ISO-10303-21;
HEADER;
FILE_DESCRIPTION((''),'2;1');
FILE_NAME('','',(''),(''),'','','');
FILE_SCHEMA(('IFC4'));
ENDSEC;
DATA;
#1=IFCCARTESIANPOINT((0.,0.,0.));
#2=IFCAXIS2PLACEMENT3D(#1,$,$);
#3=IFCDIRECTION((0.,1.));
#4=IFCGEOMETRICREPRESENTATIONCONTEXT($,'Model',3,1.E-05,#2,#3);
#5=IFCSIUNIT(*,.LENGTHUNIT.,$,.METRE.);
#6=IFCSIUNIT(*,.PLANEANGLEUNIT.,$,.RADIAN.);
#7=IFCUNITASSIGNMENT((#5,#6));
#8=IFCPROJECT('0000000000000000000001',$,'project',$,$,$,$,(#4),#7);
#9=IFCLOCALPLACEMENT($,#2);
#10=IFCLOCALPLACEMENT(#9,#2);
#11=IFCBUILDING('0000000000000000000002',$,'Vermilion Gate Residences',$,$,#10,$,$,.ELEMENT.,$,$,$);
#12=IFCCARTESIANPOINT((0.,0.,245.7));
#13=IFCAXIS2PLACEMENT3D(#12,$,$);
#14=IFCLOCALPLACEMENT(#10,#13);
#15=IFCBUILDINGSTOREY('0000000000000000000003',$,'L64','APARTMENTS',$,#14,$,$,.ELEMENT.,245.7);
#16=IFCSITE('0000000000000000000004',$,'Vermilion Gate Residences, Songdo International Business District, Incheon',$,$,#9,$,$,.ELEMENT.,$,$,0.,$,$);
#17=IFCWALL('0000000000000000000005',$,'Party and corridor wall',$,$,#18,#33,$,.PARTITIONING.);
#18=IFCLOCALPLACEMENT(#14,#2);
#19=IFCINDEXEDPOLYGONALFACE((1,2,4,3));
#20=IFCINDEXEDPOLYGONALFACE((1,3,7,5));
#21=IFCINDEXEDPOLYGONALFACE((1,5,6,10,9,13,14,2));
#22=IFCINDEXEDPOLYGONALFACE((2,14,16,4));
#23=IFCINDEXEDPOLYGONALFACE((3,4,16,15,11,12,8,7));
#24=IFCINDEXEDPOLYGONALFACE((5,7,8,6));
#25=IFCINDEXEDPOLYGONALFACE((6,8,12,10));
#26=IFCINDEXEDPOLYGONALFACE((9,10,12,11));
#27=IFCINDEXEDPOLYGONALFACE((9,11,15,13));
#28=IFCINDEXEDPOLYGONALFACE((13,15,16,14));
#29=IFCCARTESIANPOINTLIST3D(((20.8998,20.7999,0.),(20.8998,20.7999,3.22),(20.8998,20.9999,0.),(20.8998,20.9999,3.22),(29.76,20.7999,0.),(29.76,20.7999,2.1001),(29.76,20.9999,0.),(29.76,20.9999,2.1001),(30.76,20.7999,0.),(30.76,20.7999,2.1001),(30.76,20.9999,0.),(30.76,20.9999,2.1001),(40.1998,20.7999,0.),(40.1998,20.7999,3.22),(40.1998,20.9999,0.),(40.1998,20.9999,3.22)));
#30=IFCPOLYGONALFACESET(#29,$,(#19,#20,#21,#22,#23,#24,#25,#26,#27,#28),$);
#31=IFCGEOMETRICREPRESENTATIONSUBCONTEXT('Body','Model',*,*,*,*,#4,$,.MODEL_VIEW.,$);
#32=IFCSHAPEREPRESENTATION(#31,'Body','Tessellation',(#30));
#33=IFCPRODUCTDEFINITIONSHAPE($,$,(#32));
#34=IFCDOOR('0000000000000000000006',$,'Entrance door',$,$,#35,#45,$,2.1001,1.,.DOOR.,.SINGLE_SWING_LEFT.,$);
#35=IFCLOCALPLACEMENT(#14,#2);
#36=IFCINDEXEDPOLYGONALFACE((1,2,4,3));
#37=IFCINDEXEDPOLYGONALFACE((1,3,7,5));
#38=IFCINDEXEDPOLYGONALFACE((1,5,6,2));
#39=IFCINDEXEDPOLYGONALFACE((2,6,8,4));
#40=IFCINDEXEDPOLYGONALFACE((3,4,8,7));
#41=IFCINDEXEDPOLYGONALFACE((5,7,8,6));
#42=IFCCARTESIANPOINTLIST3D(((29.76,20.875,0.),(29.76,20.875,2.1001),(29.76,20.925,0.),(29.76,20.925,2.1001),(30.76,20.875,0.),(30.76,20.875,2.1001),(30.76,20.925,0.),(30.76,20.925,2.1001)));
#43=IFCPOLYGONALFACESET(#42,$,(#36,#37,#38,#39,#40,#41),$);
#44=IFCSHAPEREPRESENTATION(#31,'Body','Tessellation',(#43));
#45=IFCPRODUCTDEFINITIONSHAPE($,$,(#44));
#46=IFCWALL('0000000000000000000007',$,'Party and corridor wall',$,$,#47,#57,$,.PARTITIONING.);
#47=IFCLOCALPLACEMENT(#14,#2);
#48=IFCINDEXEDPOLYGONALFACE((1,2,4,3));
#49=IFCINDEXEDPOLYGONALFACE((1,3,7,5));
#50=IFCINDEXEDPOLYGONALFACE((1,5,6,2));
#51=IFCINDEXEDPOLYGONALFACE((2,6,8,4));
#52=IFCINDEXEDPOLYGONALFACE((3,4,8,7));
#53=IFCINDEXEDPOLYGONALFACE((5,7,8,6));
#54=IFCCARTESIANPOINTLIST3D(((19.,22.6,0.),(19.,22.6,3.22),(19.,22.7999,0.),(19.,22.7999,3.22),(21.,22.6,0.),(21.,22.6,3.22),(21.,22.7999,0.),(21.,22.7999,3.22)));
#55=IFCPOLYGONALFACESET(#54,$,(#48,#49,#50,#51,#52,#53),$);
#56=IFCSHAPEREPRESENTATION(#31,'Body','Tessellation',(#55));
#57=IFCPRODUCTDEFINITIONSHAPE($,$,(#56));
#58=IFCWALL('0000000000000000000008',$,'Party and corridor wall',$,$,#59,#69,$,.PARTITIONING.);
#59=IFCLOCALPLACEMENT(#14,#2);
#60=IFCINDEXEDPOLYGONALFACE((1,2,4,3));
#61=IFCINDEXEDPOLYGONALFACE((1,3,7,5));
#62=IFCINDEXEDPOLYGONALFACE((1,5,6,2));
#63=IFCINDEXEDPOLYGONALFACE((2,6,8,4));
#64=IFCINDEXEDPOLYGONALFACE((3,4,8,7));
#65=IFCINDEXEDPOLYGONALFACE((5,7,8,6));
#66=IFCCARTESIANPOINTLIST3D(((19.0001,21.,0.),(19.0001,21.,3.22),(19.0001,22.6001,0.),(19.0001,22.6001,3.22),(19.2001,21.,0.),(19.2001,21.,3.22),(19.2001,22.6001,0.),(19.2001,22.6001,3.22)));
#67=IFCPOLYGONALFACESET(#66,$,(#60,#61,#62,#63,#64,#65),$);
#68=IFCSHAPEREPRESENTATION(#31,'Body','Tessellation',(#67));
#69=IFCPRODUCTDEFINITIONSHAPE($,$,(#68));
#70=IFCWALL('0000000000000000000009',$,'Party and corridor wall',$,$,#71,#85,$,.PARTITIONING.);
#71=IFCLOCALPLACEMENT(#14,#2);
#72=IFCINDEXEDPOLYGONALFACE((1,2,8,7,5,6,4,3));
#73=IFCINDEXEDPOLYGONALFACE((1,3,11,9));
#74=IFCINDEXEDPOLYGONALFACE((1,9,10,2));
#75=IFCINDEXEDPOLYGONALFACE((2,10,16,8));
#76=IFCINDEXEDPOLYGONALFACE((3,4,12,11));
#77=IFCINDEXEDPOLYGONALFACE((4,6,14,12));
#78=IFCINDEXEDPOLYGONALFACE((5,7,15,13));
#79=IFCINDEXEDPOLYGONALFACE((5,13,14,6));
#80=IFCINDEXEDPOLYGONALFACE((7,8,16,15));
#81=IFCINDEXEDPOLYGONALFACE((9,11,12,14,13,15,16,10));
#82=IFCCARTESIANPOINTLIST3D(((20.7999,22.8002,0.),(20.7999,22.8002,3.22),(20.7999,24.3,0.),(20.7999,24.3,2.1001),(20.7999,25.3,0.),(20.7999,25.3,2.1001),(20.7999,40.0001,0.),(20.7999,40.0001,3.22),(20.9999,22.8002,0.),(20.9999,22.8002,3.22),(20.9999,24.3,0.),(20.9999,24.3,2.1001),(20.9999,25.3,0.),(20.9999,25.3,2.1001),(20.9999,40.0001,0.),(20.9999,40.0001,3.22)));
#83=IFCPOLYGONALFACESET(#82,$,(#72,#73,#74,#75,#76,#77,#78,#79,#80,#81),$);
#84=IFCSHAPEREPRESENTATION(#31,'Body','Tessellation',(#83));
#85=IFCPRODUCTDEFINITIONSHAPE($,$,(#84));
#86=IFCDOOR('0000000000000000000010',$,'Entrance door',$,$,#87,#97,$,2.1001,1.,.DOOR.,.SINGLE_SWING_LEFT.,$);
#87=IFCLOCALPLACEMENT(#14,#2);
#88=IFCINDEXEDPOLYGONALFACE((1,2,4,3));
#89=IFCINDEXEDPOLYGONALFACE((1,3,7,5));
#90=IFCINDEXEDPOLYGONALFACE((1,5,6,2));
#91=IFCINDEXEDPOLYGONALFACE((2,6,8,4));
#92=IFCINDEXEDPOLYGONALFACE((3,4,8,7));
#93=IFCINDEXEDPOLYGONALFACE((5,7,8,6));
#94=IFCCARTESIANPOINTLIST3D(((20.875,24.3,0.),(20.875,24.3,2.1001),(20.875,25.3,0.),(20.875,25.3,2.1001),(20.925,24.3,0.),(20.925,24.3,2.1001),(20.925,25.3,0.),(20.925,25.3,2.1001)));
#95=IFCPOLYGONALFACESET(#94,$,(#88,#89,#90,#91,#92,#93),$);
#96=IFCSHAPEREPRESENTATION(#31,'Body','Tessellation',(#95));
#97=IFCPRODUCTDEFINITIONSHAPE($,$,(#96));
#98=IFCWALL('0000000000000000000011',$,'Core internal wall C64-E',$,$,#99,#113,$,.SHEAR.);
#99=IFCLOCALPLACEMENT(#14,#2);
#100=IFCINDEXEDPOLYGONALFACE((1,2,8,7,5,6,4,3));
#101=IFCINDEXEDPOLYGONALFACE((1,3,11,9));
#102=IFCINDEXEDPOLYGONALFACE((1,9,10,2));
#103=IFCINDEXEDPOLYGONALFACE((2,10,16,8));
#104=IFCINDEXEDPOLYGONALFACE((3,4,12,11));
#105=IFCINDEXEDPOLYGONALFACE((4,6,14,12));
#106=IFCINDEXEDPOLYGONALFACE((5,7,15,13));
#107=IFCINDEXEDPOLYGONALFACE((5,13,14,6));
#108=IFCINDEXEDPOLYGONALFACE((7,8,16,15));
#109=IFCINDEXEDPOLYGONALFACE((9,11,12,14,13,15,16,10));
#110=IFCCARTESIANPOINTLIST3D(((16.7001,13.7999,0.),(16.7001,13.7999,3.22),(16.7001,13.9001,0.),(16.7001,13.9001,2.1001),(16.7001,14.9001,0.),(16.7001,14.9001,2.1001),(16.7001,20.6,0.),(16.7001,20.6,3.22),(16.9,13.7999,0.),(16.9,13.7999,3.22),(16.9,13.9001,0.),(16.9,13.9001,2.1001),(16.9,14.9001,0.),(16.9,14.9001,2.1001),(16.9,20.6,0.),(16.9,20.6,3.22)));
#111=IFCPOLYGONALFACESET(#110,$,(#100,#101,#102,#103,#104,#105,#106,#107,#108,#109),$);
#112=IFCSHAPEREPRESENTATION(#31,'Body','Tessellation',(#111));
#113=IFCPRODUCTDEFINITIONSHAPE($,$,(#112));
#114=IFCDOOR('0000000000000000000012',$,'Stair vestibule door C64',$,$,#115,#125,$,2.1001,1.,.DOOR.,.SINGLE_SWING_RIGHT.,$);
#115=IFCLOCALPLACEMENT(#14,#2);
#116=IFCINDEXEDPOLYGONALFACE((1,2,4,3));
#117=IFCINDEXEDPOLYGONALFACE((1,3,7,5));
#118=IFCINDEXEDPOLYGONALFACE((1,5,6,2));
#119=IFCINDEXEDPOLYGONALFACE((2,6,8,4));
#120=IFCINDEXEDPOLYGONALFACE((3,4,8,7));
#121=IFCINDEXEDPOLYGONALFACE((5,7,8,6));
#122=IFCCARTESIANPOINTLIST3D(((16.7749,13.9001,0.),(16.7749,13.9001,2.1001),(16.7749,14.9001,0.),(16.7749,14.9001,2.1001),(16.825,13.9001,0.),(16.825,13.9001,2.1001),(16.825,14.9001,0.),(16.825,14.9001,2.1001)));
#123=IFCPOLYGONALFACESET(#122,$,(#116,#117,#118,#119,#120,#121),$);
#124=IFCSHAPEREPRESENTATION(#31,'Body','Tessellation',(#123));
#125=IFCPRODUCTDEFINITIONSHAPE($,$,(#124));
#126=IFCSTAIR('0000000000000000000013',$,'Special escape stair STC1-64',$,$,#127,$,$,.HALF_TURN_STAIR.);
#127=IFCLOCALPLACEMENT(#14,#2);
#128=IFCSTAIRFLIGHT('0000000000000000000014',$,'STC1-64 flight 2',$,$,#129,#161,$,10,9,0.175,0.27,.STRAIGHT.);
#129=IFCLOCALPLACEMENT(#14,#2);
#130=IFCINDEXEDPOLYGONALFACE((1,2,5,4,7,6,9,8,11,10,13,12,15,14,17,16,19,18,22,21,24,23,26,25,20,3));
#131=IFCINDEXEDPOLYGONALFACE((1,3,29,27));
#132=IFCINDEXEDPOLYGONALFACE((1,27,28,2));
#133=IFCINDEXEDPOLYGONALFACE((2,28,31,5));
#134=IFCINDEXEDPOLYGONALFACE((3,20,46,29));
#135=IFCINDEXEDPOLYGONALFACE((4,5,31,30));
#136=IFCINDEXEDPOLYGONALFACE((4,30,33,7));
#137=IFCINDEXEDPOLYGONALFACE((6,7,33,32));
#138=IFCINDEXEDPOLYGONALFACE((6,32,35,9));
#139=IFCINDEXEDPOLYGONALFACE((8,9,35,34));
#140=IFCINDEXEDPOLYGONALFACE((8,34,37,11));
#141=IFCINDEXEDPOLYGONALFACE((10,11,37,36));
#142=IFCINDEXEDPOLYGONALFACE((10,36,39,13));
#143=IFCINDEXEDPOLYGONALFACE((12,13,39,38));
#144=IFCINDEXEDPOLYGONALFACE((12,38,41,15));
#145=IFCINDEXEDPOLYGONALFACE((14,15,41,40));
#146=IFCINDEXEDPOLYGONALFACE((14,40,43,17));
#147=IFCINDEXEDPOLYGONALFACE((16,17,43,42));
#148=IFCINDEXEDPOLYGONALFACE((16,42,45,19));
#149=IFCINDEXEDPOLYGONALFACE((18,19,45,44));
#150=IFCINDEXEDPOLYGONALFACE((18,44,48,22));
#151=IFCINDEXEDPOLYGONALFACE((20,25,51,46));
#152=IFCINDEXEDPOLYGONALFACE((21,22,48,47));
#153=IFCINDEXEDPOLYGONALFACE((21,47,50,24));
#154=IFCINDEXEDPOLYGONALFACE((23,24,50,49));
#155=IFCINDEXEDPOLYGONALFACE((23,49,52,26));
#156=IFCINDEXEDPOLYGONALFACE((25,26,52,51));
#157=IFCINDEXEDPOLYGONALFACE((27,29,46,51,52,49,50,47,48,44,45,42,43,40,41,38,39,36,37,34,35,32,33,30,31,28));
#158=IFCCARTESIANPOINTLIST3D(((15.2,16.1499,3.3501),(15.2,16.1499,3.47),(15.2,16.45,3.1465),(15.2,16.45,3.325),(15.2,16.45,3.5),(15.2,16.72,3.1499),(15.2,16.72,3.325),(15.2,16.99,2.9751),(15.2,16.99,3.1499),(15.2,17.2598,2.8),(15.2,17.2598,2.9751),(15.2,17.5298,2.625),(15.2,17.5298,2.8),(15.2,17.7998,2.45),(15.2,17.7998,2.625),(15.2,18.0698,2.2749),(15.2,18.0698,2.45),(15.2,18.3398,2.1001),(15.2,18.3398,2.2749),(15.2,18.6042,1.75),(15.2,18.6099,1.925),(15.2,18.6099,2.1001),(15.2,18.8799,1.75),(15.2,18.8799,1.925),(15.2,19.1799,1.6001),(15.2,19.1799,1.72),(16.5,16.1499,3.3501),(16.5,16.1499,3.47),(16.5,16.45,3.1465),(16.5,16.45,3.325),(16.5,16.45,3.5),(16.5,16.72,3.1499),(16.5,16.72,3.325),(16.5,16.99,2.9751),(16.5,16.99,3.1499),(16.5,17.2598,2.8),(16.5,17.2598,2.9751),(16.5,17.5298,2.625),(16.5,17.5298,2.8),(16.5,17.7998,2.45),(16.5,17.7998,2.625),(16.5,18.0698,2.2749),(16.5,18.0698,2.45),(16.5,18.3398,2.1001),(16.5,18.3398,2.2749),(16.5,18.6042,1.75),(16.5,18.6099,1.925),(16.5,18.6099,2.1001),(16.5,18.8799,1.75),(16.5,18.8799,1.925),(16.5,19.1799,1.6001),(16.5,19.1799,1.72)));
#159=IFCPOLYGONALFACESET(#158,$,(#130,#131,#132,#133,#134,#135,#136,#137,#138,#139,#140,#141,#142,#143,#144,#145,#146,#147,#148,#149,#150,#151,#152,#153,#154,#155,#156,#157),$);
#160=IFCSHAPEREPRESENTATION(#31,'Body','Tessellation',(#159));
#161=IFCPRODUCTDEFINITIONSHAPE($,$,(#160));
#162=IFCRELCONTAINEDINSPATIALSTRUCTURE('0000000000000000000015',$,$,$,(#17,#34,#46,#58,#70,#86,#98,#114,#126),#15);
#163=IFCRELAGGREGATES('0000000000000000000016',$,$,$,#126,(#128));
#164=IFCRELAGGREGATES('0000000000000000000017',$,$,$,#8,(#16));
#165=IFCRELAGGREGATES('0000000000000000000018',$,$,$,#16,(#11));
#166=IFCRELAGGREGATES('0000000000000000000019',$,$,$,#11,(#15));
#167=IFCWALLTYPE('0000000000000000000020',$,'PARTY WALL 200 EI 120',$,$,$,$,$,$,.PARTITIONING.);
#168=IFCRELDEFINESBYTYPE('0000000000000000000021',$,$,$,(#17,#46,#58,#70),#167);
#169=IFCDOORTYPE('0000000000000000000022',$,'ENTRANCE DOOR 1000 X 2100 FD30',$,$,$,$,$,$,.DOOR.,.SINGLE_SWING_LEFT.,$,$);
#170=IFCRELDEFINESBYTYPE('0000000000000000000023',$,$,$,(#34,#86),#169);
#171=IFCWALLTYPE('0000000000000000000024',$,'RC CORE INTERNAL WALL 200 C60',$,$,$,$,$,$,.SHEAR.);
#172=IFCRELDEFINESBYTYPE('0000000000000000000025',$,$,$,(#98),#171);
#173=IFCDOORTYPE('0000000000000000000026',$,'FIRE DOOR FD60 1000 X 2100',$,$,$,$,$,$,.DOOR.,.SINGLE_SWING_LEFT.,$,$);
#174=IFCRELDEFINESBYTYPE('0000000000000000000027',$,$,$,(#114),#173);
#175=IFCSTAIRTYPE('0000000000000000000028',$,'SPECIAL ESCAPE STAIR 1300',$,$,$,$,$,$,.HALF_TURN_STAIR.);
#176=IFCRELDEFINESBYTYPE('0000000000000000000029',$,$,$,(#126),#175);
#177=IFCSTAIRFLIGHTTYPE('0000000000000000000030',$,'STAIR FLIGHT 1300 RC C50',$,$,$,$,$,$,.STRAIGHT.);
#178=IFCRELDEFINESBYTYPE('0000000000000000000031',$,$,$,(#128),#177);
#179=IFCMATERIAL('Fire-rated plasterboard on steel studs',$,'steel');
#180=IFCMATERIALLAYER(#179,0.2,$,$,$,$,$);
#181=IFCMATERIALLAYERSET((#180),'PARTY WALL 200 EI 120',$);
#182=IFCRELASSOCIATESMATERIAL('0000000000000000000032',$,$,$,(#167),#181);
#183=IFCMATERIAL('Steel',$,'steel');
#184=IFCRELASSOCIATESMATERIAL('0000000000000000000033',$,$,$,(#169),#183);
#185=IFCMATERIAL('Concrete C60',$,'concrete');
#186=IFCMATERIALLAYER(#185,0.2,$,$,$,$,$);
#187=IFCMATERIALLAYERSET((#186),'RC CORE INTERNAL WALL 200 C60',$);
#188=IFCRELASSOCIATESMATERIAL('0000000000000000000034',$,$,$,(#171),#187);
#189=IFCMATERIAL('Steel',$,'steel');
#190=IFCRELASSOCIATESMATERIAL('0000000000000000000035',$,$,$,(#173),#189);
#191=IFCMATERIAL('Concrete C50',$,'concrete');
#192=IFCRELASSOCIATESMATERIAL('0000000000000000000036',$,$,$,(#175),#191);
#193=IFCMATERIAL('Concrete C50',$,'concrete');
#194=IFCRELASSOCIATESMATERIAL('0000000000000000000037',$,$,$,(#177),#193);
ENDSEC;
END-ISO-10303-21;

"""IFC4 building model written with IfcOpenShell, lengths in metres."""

from ifc_helpers import new_model, si_unit, direction, frame, frame_2d, origin, place, context, subcontext, project, spatial, polyline, rectangle, outline, extrude, material, layer, layer_set, type_object, element, fill, aggregate, save


model = new_model("IFC4")

# Units and contexts
model_context = context("Model", 3, precision=1e-05, world=origin(), true_north=direction((0.0, 1.0)))
body_context = subcontext(model_context, "Body", "Model", "MODEL_VIEW")
ifc_project = project(units=[si_unit("LENGTHUNIT", "METRE"), si_unit("PLANEANGLEUNIT", "RADIAN")], contexts=[model_context])

# Site, building, storey
site_placement = place(None, origin())
site = spatial("IfcSite", under=ifc_project, at=site_placement, Name="Vermilion Gate Residences, Songdo International Business District, Incheon", CompositionType="ELEMENT", RefElevation=0.0)
building_placement = place(site_placement, origin())
building = spatial("IfcBuilding", under=site, at=building_placement, Name="Vermilion Gate Residences", CompositionType="ELEMENT")
storey_placement = place(building_placement, frame((0.0, 0.0, 245.7)))
storey = spatial("IfcBuildingStorey", under=building, at=storey_placement, Name="L64", Description="APARTMENTS", CompositionType="ELEMENT", Elevation=245.7)

# Wall, opening, door
ifc_material_1 = material(Name="Fire-rated plasterboard on steel studs", Category="steel")
ifc_layer_1 = layer(ifc_material_1, 0.2)
ifc_layer_set_1 = layer_set([ifc_layer_1], Name="PARTY WALL 200 EI 120")
wall_type_1 = type_object("IfcWallType", Name="PARTY WALL 200 EI 120", PredefinedType="PARTITIONING", material=ifc_layer_set_1)
ifc_material_2 = material(Name="Steel", Category="steel")
door_type_1 = type_object("IfcDoorType", Name="ENTRANCE DOOR 1000 X 2100 FD30", OperationType="SINGLE_SWING_LEFT", PredefinedType="DOOR", material=ifc_material_2)
wall_1_placement = place(storey_placement, frame((20.8999, 20.8999, 0.0), z_axis=(0.0, 0.0, 1.0), x_axis=(1.0, 0.0, 0.0)))
wall_1 = element("IfcWall", 1, at=wall_1_placement, inside=storey, type_object=wall_type_1, Name="Party and corridor wall", PredefinedType="PARTITIONING", context=body_context, shape_type="SweptSolid", body=[
    extrude(rectangle(XDim=19.3, YDim=0.2, at=frame_2d((9.6499, 0.0))), origin(), (0.0, 0.0, 1.0), 3.22),
])
opening_1_placement = place(wall_1_placement, frame((8.8601, 0.0, 0.0)))
opening_1 = element("IfcOpeningElement", 2, at=opening_1_placement, cuts=wall_1, PredefinedType="OPENING", context=body_context, shape_type="SweptSolid", body=[
    extrude(rectangle(XDim=1.0, YDim=2.1001, at=frame_2d((0.5, 1.05))), frame((0.0, 0.1099, 0.0), z_axis=(0.0, -1.0, 0.0), x_axis=(1.0, 0.0, 0.0)), (0.0, 0.0, 1.0), 0.22),
])
door_1_placement = place(opening_1_placement, frame((1.0, 0.0, 0.0), z_axis=(0.0, 0.0, 1.0), x_axis=(-1.0, 0.0, 0.0)))
door_1 = element("IfcDoor", 3, at=door_1_placement, inside=storey, type_object=door_type_1, Name="Entrance door", OperationType="SINGLE_SWING_LEFT", OverallHeight=2.1001, OverallWidth=1.0, PredefinedType="DOOR", context=body_context, shape_type="SweptSolid", body=[
    extrude(rectangle(XDim=1.0, YDim=2.1001, at=frame_2d((0.5, 1.05))), frame((0.0, 0.0249, 0.0), z_axis=(0.0, -1.0, 0.0), x_axis=(1.0, 0.0, 0.0)), (0.0, 0.0, 1.0), 0.05),
])
fill(opening_1, door_1)

# Walls
wall_2_placement = place(storey_placement, frame((19.0, 22.7, 0.0), z_axis=(0.0, 0.0, 1.0), x_axis=(1.0, 0.0, 0.0)))
element("IfcWall", 4, at=wall_2_placement, inside=storey, type_object=wall_type_1, Name="Party and corridor wall", PredefinedType="PARTITIONING", context=body_context, shape_type="SweptSolid", body=[
    extrude(rectangle(XDim=2.0, YDim=0.2, at=frame_2d((1.0, 0.0))), origin(), (0.0, 0.0, 1.0), 3.22),
])
wall_3_placement = place(storey_placement, frame((19.1001, 21.0, 0.0), z_axis=(0.0, 0.0, 1.0), x_axis=(0.0, 1.0, 0.0)))
element("IfcWall", 5, at=wall_3_placement, inside=storey, type_object=wall_type_1, Name="Party and corridor wall", PredefinedType="PARTITIONING", context=body_context, shape_type="SweptSolid", body=[
    extrude(rectangle(XDim=1.6001, YDim=0.2, at=frame_2d((0.8, 0.0))), origin(), (0.0, 0.0, 1.0), 3.22),
])

# Walls, openings, doors
wall_4_placement = place(storey_placement, frame((20.8999, 22.8, 0.0), z_axis=(0.0, 0.0, 1.0), x_axis=(0.0, 1.0, 0.0)))
wall_4 = element("IfcWall", 6, at=wall_4_placement, inside=storey, type_object=wall_type_1, Name="Party and corridor wall", PredefinedType="PARTITIONING", context=body_context, shape_type="SweptSolid", body=[
    extrude(rectangle(XDim=17.2, YDim=0.2, at=frame_2d((8.6001, 0.0))), origin(), (0.0, 0.0, 1.0), 3.22),
])
opening_2_placement = place(wall_4_placement, frame((1.5, 0.0, 0.0)))
opening_2 = element("IfcOpeningElement", 7, at=opening_2_placement, cuts=wall_4, PredefinedType="OPENING", context=body_context, shape_type="SweptSolid", body=[
    extrude(rectangle(XDim=1.0, YDim=2.1001, at=frame_2d((0.5, 1.05))), frame((0.0, 0.1099, 0.0), z_axis=(0.0, -1.0, 0.0), x_axis=(1.0, 0.0, 0.0)), (0.0, 0.0, 1.0), 0.22),
])
door_2_placement = place(opening_2_placement, origin())
door_2 = element("IfcDoor", 8, at=door_2_placement, inside=storey, type_object=door_type_1, Name="Entrance door", OperationType="SINGLE_SWING_LEFT", OverallHeight=2.1001, OverallWidth=1.0, PredefinedType="DOOR", context=body_context, shape_type="SweptSolid", body=[
    extrude(rectangle(XDim=1.0, YDim=2.1001, at=frame_2d((0.5, 1.05))), frame((0.0, 0.0249, 0.0), z_axis=(0.0, -1.0, 0.0), x_axis=(1.0, 0.0, 0.0)), (0.0, 0.0, 1.0), 0.05),
])
fill(opening_2, door_2)
ifc_material_3 = material(Name="Concrete C60", Category="concrete")
ifc_layer_2 = layer(ifc_material_3, 0.2)
ifc_layer_set_2 = layer_set([ifc_layer_2], Name="RC CORE INTERNAL WALL 200 C60")
wall_type_2 = type_object("IfcWallType", Name="RC CORE INTERNAL WALL 200 C60", PredefinedType="SHEAR", material=ifc_layer_set_2)
wall_5_placement = place(storey_placement, frame((16.8, 13.8, 0.0), z_axis=(0.0, 0.0, 1.0), x_axis=(0.0, 1.0, 0.0)))
wall_5 = element("IfcWall", 9, at=wall_5_placement, inside=storey, type_object=wall_type_2, Name="Core internal wall C64-E", PredefinedType="SHEAR", context=body_context, shape_type="SweptSolid", body=[
    extrude(rectangle(XDim=6.8, YDim=0.2, at=frame_2d((3.3999, 0.0))), origin(), (0.0, 0.0, 1.0), 3.22),
])
opening_3_placement = place(wall_5_placement, frame((0.1001, 0.0, 0.0)))
opening_3 = element("IfcOpeningElement", 10, at=opening_3_placement, cuts=wall_5, PredefinedType="OPENING", context=body_context, shape_type="SweptSolid", body=[
    extrude(rectangle(XDim=1.0, YDim=2.1001, at=frame_2d((0.5, 1.05))), frame((0.0, 0.1099, 0.0), z_axis=(0.0, -1.0, 0.0), x_axis=(1.0, 0.0, 0.0)), (0.0, 0.0, 1.0), 0.22),
])
ifc_material_4 = material(Name="Steel", Category="steel")
door_type_2 = type_object("IfcDoorType", Name="FIRE DOOR FD60 1000 X 2100", OperationType="SINGLE_SWING_LEFT", PredefinedType="DOOR", material=ifc_material_4)
door_3_placement = place(opening_3_placement, frame((1.0, 0.0, 0.0), z_axis=(0.0, 0.0, 1.0), x_axis=(-1.0, 0.0, 0.0)))
door_3 = element("IfcDoor", 11, at=door_3_placement, inside=storey, type_object=door_type_2, Name="Stair vestibule door C64", OperationType="SINGLE_SWING_RIGHT", OverallHeight=2.1001, OverallWidth=1.0, PredefinedType="DOOR", context=body_context, shape_type="SweptSolid", body=[
    extrude(rectangle(XDim=1.0, YDim=2.1001, at=frame_2d((0.5, 1.05))), frame((0.0, 0.0249, 0.0), z_axis=(0.0, -1.0, 0.0), x_axis=(1.0, 0.0, 0.0)), (0.0, 0.0, 1.0), 0.05),
])
fill(opening_3, door_3)

# Stair, stair flight
ifc_material_5 = material(Name="Concrete C50", Category="concrete")
stair_type = type_object("IfcStairType", Name="SPECIAL ESCAPE STAIR 1300", PredefinedType="HALF_TURN_STAIR", material=ifc_material_5)
stair_placement = place(storey_placement, origin())
stair = element("IfcStair", 12, at=stair_placement, inside=storey, type_object=stair_type, Name="Special escape stair STC1-64", PredefinedType="HALF_TURN_STAIR")
ifc_material_6 = material(Name="Concrete C50", Category="concrete")
stair_flight_type = type_object("IfcStairFlightType", Name="STAIR FLIGHT 1300 RC C50", PredefinedType="STRAIGHT", material=ifc_material_6)
stair_flight_placement = place(storey_placement, frame((15.8501, 18.8799, 1.75), z_axis=(0.0, 0.0, 1.0), x_axis=(0.0, -1.0, 0.0)))
stair_flight = element("IfcStairFlight", 13, at=stair_flight_placement, type_object=stair_flight_type, Name="STC1-64 flight 2", NumberOfRisers=10, NumberOfTreads=9, PredefinedType="STRAIGHT", RiserHeight=0.175, TreadLength=0.27, context=body_context, shape_type="SweptSolid", body=[
    extrude(outline(polyline([(-0.3, -0.1499), (-0.3, -0.03), (0.0, 0.0), (0.0, 0.175), (0.27, 0.175), (0.27, 0.3501), (0.54, 0.3501), (0.54, 0.5249), (0.8101, 0.5249), (0.8101, 0.7), (1.0801, 0.7), (1.0801, 0.875), (1.3501, 0.875), (1.3501, 1.05), (1.6201, 1.05), (1.6201, 1.2251), (1.8899, 1.2251), (1.8899, 1.3999), (2.1599, 1.3999), (2.1599, 1.575), (2.4299, 1.575), (2.4299, 1.75), (2.73, 1.72), (2.73, 1.6001), (2.4299, 1.3965), (0.2756, 0.0), (-0.3, -0.1499)])), frame((0.0, 0.6499, 0.0), z_axis=(0.0, -1.0, 0.0), x_axis=(1.0, 0.0, 0.0)), (0.0, 0.0, 1.0), 1.3),
])
aggregate(stair, [stair_flight])

save(model, "model.ifc")
